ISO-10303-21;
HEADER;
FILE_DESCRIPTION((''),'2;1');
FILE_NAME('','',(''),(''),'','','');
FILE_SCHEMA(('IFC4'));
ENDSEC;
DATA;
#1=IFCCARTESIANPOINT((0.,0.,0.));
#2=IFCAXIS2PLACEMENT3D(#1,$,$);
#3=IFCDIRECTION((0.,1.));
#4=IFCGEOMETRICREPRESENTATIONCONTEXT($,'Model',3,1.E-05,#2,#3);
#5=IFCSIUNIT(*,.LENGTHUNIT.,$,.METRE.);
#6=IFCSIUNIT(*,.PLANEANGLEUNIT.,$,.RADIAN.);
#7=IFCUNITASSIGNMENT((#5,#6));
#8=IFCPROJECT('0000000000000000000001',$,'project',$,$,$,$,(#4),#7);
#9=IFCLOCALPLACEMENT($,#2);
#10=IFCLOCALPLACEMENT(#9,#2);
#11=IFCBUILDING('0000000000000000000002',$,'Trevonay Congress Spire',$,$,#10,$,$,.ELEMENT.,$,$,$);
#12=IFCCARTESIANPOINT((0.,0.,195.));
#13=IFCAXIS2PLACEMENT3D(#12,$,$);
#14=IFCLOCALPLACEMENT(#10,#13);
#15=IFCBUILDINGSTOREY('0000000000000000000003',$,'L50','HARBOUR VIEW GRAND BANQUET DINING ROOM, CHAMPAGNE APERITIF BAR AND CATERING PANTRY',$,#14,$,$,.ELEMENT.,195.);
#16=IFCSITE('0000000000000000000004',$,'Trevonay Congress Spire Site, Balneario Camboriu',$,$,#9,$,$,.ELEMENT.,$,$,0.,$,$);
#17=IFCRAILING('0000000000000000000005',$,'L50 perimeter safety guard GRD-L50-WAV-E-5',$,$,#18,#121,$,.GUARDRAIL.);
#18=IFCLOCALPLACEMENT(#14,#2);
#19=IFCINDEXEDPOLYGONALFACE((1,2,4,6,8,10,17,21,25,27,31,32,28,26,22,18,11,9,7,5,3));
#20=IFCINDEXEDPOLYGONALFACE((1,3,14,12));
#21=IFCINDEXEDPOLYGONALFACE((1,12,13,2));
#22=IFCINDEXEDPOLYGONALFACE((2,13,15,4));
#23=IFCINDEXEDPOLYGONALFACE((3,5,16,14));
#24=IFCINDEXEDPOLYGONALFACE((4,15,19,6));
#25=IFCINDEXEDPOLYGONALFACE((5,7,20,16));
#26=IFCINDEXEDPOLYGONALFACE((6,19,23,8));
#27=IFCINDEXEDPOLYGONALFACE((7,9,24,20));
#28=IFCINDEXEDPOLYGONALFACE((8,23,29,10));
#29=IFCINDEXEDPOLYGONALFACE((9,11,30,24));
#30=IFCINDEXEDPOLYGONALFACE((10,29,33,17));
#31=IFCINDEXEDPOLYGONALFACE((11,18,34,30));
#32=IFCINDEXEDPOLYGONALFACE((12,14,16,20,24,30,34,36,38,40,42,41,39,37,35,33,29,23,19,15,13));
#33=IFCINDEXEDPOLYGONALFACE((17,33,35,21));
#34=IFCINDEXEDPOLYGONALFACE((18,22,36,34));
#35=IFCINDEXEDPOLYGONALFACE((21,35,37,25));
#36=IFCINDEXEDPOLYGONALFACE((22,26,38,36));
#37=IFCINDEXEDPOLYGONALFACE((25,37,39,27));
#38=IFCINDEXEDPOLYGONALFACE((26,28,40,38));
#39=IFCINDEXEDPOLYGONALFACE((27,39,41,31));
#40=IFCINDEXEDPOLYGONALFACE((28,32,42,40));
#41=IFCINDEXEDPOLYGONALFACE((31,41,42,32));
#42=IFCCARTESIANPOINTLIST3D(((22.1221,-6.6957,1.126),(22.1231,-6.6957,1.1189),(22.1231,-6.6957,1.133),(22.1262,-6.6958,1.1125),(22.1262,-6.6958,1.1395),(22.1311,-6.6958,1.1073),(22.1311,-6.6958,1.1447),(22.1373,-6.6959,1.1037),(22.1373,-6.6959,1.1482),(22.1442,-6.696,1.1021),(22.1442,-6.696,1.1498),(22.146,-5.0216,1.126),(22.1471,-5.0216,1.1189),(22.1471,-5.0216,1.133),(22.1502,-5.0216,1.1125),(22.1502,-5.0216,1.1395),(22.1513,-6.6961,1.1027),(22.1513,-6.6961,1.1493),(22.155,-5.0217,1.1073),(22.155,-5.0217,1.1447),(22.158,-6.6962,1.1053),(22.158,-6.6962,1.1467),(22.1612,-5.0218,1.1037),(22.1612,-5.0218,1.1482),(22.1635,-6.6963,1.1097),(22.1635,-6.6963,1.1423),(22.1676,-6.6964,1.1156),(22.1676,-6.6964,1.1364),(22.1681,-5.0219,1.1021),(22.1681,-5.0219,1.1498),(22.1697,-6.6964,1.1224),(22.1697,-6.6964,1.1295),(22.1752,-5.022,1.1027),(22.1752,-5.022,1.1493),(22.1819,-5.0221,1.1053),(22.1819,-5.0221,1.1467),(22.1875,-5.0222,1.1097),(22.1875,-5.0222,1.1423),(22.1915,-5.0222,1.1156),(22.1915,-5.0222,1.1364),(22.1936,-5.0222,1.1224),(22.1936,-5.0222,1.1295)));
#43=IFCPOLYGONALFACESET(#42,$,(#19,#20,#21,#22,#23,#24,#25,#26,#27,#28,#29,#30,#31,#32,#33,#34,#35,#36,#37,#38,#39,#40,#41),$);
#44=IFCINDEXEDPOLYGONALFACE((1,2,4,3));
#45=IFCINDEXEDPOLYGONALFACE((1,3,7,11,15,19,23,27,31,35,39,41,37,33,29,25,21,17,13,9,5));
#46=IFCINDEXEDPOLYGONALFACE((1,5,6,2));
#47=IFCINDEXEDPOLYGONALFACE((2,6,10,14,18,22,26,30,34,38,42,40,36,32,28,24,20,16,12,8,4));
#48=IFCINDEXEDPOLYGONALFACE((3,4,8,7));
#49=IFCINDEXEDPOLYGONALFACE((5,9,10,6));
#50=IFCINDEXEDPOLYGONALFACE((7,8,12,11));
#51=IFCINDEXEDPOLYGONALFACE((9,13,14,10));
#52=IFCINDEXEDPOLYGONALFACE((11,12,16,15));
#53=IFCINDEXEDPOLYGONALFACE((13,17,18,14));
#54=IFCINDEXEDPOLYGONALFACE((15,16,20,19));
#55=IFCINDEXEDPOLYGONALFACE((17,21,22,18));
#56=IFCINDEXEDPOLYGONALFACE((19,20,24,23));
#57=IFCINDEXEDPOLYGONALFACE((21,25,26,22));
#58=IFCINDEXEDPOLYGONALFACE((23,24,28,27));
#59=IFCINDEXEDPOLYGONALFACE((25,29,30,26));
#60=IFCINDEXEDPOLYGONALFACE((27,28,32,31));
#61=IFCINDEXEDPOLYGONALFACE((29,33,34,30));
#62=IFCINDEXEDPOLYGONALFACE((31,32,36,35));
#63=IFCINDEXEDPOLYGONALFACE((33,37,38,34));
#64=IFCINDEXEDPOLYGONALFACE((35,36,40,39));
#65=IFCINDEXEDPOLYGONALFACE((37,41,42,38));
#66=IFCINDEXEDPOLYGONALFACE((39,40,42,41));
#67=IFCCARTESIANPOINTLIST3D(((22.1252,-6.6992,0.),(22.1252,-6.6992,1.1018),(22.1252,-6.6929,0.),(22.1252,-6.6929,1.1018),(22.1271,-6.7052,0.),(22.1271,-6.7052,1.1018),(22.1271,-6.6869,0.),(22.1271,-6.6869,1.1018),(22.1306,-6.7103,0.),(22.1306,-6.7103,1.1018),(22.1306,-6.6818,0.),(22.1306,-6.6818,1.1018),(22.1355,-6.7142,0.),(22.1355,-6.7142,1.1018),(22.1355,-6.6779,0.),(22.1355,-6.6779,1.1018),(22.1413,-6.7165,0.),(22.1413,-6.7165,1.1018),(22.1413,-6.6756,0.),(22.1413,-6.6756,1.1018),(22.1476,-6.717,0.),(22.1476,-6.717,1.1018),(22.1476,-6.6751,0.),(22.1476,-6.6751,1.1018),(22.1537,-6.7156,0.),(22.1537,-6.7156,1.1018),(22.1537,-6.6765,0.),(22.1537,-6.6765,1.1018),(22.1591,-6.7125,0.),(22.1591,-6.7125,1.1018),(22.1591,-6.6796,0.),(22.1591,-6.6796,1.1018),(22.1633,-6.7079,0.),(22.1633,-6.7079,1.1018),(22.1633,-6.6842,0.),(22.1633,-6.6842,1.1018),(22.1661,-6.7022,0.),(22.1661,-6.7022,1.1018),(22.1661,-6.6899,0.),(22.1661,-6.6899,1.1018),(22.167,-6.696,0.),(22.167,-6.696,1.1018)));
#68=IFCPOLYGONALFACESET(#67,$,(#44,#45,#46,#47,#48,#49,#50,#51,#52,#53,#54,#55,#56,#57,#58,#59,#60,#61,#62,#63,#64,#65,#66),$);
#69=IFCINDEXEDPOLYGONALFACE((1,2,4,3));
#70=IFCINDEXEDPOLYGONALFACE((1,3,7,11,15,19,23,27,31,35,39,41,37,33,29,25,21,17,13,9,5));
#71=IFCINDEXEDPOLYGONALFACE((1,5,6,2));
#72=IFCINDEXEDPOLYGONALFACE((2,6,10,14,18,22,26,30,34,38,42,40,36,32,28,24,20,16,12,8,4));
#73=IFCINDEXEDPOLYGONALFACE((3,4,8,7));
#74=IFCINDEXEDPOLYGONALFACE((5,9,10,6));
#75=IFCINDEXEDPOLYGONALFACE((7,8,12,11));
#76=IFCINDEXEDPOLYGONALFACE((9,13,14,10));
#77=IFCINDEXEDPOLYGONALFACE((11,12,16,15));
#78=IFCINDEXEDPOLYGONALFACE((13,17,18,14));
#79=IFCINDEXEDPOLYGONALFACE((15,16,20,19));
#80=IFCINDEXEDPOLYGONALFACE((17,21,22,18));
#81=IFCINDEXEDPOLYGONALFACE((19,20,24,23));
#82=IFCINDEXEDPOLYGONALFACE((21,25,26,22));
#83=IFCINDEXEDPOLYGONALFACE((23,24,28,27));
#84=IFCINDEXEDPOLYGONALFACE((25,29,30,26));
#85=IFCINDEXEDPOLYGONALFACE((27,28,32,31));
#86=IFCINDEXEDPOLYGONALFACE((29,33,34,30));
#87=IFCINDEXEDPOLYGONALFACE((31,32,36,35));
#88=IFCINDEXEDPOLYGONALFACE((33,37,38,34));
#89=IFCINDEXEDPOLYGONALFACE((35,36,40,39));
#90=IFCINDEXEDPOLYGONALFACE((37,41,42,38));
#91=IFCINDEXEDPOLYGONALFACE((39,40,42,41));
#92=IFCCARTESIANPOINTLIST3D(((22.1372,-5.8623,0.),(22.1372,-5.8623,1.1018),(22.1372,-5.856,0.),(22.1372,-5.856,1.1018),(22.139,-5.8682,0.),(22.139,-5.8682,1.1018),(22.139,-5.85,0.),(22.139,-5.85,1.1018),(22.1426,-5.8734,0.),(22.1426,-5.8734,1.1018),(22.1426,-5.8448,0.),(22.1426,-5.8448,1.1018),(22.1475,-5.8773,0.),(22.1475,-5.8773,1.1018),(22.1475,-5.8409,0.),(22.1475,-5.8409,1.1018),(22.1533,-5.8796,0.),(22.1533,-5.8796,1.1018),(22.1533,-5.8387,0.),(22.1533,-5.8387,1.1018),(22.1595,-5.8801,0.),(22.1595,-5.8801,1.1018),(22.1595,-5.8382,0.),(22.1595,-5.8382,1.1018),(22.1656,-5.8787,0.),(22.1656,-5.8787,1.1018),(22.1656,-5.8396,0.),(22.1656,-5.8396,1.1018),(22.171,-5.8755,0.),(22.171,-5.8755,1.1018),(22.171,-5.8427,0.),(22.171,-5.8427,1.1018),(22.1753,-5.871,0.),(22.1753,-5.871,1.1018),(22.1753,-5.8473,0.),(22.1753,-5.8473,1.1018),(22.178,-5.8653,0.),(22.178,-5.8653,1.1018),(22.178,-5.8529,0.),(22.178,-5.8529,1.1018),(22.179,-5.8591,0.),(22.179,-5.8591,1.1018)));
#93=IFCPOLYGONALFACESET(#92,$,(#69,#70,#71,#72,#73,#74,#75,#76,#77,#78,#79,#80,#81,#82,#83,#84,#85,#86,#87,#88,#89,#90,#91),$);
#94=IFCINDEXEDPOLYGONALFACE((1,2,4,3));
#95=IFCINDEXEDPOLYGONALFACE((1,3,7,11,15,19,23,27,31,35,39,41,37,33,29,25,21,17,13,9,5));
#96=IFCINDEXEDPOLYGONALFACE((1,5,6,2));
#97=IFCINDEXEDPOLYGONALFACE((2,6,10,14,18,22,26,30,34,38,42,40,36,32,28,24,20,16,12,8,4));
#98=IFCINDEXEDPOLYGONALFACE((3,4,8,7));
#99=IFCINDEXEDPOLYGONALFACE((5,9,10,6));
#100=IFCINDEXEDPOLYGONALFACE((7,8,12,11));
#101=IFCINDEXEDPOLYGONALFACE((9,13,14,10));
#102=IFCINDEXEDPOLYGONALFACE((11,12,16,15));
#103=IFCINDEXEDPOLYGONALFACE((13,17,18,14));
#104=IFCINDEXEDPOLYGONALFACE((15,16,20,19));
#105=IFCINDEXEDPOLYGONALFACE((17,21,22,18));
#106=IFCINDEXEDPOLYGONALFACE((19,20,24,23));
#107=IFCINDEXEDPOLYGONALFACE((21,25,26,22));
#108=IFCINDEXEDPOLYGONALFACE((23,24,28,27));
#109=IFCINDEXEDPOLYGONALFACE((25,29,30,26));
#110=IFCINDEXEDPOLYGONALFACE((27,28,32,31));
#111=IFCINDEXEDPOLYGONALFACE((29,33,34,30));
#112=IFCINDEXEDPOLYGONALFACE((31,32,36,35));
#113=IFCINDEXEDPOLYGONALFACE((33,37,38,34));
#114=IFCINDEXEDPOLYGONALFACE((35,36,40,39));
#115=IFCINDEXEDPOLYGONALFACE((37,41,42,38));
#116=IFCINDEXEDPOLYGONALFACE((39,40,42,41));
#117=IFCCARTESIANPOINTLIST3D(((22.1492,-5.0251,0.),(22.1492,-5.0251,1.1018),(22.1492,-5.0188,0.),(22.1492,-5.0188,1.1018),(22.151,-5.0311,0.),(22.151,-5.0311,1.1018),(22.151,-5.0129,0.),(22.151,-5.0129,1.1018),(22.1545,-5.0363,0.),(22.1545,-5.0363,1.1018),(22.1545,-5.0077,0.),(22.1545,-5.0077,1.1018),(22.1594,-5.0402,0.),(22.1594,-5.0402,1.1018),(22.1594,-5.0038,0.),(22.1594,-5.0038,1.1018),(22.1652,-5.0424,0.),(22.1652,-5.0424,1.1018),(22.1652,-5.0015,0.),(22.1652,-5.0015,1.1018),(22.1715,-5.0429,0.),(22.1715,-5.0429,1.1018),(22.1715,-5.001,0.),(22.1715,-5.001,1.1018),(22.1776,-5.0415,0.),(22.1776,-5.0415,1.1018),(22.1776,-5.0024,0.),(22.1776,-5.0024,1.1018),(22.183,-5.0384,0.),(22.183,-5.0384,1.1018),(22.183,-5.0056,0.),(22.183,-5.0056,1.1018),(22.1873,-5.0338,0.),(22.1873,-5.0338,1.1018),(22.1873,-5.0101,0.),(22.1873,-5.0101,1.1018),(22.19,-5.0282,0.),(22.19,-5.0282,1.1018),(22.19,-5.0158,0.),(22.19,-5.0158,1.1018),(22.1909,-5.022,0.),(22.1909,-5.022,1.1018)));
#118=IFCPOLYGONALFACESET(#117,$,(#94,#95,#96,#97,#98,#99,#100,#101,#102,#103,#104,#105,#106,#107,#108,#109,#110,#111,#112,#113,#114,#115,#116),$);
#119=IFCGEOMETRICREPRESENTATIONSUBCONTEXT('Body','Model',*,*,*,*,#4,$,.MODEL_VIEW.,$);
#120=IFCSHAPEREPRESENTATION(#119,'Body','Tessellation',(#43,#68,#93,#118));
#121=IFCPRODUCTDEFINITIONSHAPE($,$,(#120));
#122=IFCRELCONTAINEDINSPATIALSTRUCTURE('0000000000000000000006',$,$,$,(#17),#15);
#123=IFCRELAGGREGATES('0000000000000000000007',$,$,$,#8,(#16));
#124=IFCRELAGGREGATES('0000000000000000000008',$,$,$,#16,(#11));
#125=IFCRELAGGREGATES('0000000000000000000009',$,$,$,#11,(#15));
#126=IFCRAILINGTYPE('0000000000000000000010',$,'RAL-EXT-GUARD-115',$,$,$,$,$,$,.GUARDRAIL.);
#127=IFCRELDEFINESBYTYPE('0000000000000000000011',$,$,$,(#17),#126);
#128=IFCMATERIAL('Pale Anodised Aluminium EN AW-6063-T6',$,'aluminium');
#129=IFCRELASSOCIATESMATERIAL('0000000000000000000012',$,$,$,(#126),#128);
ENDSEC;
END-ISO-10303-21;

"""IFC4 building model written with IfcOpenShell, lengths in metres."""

from ifc_helpers import new_model, si_unit, direction, frame, origin, origin_2d, place, context, subcontext, project, spatial, circle, extrude, material, type_object, element, save


model = new_model("IFC4")

# Units and contexts
model_context = context("Model", 3, precision=1e-05, world=origin(), true_north=direction((0.0, 1.0)))
body_context = subcontext(model_context, "Body", "Model", "MODEL_VIEW")
ifc_project = project(units=[si_unit("LENGTHUNIT", "METRE"), si_unit("PLANEANGLEUNIT", "RADIAN")], contexts=[model_context])

# Site, building, storey
site_placement = place(None, origin())
site = spatial("IfcSite", under=ifc_project, at=site_placement, Name="Trevonay Congress Spire Site, Balneario Camboriu", CompositionType="ELEMENT", RefElevation=0.0)
building_placement = place(site_placement, origin())
building = spatial("IfcBuilding", under=site, at=building_placement, Name="Trevonay Congress Spire", CompositionType="ELEMENT")
storey_placement = place(building_placement, frame((0.0, 0.0, 195.0)))
storey = spatial("IfcBuildingStorey", under=building, at=storey_placement, Name="L50", Description="HARBOUR VIEW GRAND BANQUET DINING ROOM, CHAMPAGNE APERITIF BAR AND CATERING PANTRY", CompositionType="ELEMENT", Elevation=195.0)

# Shared definitions
ifc_material_1 = material(Name="Pale Anodised Aluminium EN AW-6063-T6", Category="aluminium")

# Railing
railing_type = type_object("IfcRailingType", Name="RAL-EXT-GUARD-115", PredefinedType="GUARDRAIL", material=ifc_material_1)
railing_1_placement = place(storey_placement, frame((22.146, -6.696, 0.0)))
element("IfcRailing", 1, at=railing_1_placement, inside=storey, type_object=railing_type, Name="L50 perimeter safety guard GRD-L50-WAV-E-5", PredefinedType="GUARDRAIL", context=body_context, shape_type="SweptSolid", body=[
    extrude(circle(Radius=0.0239, at=origin_2d()), frame((0.0, 0.0, 1.126), z_axis=(0.014291, 0.999898, 0.0), x_axis=(-0.999898, 0.014291, 0.0)), (0.0, 0.0, 1.0), 1.6743),
    extrude(circle(Radius=0.021, at=origin_2d()), origin(), (0.0, 0.0, 1.0), 1.1018),
    extrude(circle(Radius=0.021, at=origin_2d()), frame((0.012, 0.8369, 0.0)), (0.0, 0.0, 1.0), 1.1018),
    extrude(circle(Radius=0.021, at=origin_2d()), frame((0.0239, 1.6741, 0.0)), (0.0, 0.0, 1.0), 1.1018),
])

save(model, "model.ifc")
